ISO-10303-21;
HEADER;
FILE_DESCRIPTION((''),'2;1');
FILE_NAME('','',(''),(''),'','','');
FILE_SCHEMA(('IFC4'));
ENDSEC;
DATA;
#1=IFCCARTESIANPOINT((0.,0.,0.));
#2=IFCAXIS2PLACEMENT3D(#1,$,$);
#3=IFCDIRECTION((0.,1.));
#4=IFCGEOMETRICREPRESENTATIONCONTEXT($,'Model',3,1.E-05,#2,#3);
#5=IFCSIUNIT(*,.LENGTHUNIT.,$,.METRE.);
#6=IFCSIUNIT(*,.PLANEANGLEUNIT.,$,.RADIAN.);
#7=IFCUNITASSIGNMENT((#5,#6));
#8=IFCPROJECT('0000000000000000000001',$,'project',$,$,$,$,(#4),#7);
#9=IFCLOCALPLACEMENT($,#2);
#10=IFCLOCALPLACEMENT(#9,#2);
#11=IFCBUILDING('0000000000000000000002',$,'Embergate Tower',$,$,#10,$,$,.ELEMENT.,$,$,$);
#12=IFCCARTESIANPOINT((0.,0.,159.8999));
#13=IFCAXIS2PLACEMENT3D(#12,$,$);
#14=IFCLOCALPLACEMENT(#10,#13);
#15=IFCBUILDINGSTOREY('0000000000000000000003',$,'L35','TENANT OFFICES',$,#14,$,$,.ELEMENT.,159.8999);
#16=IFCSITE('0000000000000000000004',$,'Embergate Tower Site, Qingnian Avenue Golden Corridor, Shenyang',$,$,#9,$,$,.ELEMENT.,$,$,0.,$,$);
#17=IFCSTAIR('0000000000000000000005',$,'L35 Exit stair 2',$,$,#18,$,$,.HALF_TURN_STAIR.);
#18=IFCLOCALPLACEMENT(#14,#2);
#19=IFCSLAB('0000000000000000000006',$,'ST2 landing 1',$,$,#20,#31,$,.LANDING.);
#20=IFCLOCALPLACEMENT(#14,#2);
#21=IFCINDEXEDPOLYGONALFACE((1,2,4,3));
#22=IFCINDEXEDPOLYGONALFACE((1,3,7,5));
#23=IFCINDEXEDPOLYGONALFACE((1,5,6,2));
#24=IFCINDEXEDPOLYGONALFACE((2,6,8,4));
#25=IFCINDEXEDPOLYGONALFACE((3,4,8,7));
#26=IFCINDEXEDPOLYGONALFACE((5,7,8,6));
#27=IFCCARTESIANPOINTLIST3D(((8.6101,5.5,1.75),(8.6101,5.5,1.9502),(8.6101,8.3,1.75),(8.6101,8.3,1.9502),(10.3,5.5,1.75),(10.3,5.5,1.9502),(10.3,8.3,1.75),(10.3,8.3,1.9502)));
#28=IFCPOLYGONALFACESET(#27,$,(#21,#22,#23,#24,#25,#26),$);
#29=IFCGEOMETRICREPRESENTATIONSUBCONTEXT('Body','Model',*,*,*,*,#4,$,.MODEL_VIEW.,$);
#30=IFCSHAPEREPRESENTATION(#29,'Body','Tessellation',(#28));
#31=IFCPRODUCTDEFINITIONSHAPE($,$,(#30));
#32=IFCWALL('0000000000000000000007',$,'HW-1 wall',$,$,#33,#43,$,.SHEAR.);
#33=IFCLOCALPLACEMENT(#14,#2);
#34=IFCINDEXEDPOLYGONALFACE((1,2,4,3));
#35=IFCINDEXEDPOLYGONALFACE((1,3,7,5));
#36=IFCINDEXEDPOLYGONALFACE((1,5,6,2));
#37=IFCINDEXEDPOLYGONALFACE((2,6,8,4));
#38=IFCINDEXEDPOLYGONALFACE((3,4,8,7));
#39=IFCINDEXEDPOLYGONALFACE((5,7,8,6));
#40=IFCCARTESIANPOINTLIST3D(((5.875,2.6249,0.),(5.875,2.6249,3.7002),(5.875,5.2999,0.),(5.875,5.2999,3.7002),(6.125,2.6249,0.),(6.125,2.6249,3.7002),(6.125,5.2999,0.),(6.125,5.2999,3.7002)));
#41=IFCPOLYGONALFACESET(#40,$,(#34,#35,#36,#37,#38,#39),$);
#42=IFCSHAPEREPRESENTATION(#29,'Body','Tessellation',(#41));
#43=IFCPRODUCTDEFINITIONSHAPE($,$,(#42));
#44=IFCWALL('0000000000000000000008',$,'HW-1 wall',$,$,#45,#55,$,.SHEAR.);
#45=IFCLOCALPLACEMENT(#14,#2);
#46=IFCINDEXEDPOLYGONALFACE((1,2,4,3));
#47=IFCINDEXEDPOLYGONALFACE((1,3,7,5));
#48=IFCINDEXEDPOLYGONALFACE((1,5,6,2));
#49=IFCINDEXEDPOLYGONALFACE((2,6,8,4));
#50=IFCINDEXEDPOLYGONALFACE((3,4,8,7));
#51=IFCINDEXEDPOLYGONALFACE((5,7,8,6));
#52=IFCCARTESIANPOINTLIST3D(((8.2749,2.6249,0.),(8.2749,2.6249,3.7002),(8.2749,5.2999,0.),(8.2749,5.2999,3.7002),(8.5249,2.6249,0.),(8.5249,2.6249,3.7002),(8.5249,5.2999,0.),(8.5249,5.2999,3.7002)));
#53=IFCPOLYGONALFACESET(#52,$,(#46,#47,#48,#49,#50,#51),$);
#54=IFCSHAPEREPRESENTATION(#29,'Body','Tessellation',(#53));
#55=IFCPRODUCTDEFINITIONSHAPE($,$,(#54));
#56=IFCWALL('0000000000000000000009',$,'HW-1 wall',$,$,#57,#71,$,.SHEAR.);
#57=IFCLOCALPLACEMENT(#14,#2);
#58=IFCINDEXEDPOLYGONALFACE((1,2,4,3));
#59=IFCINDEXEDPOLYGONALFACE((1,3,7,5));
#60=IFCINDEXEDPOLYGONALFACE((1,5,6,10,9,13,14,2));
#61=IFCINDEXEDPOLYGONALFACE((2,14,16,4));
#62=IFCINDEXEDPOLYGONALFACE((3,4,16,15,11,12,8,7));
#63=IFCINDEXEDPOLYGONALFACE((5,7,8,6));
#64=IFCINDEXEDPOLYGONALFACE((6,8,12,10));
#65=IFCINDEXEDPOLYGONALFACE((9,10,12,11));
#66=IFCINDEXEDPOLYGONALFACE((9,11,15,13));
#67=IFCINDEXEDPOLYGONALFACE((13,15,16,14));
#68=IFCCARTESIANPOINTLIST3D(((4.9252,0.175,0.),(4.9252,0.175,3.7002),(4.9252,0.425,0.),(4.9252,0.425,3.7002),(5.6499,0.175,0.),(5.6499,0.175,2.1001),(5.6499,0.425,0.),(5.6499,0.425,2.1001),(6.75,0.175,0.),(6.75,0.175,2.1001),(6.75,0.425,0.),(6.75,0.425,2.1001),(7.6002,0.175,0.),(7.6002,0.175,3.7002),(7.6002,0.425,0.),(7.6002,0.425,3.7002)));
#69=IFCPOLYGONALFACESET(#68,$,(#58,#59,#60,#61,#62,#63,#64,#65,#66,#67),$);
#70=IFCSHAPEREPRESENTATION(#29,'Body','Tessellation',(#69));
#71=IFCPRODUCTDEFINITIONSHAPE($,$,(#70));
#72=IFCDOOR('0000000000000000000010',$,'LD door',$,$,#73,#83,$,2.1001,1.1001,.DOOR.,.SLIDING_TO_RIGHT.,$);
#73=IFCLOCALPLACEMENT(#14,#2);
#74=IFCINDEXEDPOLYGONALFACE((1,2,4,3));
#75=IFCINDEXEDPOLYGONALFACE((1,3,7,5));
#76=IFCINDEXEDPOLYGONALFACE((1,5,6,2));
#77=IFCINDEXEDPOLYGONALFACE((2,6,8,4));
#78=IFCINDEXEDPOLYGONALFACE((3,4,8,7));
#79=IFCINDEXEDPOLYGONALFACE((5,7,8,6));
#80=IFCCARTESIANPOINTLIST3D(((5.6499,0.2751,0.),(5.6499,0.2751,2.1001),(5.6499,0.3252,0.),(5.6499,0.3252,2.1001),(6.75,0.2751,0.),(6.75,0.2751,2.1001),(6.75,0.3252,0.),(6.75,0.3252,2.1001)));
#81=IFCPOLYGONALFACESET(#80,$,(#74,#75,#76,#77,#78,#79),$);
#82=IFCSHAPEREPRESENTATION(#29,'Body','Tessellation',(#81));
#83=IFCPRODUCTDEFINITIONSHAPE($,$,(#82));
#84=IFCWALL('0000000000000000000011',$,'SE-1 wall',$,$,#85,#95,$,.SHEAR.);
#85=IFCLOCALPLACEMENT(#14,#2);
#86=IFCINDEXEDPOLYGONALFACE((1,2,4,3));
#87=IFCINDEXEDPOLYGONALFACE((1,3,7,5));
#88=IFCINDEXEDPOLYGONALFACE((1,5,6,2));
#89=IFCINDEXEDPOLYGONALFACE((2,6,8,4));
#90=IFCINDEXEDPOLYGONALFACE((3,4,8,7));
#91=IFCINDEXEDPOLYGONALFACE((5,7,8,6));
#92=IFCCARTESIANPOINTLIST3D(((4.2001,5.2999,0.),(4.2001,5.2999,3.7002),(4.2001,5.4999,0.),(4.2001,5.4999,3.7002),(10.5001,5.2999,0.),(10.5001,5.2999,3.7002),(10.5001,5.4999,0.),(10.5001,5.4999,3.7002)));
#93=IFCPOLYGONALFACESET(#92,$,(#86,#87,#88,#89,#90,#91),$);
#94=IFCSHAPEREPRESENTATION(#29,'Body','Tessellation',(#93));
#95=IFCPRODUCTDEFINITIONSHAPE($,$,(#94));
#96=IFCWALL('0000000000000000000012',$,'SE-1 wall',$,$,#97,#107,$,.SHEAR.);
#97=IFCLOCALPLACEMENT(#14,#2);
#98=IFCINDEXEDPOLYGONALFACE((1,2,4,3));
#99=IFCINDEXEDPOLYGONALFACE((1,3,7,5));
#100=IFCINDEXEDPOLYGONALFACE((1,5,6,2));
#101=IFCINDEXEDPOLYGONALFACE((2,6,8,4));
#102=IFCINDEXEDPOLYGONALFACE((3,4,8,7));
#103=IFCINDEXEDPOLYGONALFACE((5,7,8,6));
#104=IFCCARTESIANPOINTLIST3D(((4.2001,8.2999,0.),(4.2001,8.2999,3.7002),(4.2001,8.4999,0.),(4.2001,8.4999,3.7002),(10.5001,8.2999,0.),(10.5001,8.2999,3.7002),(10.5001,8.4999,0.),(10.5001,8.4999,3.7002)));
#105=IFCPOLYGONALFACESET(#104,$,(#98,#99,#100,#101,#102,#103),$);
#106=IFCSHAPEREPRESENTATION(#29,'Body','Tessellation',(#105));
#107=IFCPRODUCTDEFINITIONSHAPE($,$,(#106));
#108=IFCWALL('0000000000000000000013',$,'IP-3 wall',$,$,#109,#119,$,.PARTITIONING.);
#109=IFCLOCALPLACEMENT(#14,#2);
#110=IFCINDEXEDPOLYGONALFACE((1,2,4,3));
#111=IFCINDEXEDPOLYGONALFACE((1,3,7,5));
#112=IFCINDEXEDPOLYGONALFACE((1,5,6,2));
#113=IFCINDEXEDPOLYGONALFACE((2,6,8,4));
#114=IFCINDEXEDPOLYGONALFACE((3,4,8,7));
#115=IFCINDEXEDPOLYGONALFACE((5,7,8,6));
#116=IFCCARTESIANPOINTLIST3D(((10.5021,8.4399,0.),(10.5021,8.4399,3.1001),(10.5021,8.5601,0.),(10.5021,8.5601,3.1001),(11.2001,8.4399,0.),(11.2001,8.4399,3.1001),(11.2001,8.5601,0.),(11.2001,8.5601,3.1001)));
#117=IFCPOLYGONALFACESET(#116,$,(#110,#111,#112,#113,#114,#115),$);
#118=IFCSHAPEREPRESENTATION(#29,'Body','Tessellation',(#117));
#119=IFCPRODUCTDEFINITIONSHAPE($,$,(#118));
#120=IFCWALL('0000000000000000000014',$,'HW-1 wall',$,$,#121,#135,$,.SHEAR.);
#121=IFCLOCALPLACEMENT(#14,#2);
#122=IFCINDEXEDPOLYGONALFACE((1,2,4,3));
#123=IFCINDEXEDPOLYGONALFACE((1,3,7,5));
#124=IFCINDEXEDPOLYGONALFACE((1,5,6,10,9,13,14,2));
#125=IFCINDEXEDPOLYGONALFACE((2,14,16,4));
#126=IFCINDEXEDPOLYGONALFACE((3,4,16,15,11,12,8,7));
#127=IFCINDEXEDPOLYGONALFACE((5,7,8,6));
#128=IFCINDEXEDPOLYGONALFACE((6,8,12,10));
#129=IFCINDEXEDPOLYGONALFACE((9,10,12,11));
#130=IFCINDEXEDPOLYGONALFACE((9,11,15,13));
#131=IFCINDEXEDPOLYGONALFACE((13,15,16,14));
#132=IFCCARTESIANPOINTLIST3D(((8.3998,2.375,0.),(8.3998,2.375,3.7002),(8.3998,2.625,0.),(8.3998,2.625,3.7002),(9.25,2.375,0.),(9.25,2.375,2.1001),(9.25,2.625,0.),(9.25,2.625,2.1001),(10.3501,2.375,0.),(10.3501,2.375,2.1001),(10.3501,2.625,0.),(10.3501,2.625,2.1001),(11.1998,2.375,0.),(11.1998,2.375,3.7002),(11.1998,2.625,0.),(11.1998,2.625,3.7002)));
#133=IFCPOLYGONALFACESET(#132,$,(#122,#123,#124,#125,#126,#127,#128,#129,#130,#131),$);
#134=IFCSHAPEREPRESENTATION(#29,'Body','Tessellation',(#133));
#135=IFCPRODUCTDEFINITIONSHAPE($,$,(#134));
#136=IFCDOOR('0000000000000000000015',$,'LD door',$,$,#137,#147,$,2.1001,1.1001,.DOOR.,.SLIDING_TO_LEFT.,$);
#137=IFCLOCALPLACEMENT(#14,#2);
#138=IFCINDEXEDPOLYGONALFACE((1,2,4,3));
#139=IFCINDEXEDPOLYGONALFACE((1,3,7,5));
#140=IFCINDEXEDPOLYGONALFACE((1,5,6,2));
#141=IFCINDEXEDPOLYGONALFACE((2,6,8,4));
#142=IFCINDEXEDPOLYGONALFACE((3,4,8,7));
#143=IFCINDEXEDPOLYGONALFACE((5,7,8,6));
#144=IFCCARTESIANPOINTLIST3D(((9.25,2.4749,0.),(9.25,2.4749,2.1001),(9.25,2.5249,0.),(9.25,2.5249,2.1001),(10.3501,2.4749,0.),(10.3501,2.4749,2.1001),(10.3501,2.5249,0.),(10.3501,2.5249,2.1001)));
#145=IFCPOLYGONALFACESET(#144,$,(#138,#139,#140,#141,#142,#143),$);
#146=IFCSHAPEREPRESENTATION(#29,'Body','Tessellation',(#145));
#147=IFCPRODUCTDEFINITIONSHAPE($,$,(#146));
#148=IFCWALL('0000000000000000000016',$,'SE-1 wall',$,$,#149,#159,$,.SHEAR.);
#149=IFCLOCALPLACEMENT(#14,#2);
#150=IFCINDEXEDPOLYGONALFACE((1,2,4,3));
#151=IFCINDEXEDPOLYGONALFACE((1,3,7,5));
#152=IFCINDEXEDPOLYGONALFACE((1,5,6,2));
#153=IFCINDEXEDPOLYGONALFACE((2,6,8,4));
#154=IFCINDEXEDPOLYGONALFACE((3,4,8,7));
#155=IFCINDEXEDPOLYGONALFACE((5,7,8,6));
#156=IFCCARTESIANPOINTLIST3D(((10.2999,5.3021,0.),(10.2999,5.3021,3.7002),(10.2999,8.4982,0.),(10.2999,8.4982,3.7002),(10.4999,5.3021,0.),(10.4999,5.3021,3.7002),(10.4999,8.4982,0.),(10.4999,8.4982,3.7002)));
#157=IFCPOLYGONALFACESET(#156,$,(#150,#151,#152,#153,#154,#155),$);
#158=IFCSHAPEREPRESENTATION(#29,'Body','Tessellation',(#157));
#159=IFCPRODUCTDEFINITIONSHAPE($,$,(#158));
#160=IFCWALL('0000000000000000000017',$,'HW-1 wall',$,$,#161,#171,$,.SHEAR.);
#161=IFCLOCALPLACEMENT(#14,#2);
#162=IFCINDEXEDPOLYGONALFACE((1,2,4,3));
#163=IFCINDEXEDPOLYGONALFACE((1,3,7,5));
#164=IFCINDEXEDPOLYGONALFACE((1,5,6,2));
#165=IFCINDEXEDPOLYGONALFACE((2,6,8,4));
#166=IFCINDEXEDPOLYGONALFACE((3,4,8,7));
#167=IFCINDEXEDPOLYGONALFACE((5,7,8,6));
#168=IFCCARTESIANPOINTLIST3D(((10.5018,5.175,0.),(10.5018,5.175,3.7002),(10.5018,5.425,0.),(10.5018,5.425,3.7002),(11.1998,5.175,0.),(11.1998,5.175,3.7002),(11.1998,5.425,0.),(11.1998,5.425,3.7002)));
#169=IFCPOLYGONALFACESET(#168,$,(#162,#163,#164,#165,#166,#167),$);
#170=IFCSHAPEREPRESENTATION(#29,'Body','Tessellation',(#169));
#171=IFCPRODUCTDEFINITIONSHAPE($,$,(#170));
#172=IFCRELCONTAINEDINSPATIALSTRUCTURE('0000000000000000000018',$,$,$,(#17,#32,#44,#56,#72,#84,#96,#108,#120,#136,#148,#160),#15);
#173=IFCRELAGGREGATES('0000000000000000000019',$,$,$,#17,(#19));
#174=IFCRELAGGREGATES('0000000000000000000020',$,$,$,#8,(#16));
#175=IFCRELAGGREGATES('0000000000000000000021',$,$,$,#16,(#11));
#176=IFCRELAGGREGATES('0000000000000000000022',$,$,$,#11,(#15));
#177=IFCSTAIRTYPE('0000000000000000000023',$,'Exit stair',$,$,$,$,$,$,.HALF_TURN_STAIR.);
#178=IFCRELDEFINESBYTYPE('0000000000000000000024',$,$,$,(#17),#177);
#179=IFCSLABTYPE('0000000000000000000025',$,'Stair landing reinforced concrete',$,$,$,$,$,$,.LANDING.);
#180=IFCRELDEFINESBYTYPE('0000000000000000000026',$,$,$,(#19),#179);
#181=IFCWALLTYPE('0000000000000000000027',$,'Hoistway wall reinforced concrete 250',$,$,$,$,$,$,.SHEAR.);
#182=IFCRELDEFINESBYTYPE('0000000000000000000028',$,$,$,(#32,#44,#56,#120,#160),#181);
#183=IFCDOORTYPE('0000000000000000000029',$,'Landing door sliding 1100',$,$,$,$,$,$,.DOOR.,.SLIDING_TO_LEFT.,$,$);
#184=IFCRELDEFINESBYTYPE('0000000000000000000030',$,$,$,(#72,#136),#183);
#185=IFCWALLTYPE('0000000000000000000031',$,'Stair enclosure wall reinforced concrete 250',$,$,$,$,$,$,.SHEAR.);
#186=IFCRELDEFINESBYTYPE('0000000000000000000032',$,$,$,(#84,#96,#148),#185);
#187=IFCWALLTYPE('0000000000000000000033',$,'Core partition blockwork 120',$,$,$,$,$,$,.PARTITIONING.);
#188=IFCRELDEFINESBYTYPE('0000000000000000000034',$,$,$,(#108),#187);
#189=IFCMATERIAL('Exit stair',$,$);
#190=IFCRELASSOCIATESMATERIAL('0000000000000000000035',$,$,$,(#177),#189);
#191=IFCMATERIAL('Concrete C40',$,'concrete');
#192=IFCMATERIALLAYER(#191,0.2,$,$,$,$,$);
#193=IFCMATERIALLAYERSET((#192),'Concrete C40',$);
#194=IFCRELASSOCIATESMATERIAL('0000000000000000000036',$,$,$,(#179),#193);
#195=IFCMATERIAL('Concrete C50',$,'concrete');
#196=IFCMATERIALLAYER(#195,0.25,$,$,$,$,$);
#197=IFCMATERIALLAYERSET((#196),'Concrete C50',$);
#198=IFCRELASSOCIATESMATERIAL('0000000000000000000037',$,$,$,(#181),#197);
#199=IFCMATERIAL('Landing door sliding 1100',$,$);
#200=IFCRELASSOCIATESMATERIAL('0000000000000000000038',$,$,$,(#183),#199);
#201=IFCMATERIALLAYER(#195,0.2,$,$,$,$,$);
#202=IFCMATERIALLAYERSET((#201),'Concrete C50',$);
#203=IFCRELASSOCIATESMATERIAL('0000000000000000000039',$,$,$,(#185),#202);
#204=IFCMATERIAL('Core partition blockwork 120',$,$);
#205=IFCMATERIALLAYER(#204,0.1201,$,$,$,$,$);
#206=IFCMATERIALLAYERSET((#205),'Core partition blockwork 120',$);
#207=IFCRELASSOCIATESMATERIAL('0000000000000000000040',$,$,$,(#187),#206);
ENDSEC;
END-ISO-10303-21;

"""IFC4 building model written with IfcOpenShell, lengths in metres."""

from ifc_helpers import new_model, si_unit, direction, frame, frame_2d, origin, place, context, subcontext, project, spatial, polyline, rectangle, outline, extrude, source, transform, mapped, material, layer, layer_set, type_object, element, fill, aggregate, save


model = new_model("IFC4")

# Units and contexts
model_context = context("Model", 3, precision=1e-05, world=origin(), true_north=direction((0.0, 1.0)))
body_context = subcontext(model_context, "Body", "Model", "MODEL_VIEW")
ifc_project = project(units=[si_unit("LENGTHUNIT", "METRE"), si_unit("PLANEANGLEUNIT", "RADIAN")], contexts=[model_context])

# Site, building, storey
site_placement = place(None, origin())
site = spatial("IfcSite", under=ifc_project, at=site_placement, Name="Embergate Tower Site, Qingnian Avenue Golden Corridor, Shenyang", CompositionType="ELEMENT", RefElevation=0.0)
building_placement = place(site_placement, origin())
building = spatial("IfcBuilding", under=site, at=building_placement, Name="Embergate Tower", CompositionType="ELEMENT")
storey_placement = place(building_placement, frame((0.0, 0.0, 159.8999)))
storey = spatial("IfcBuildingStorey", under=building, at=storey_placement, Name="L35", Description="TENANT OFFICES", CompositionType="ELEMENT", Elevation=159.8999)

# Stair, slab
ifc_material_1 = material(Name="Exit stair")
stair_type = type_object("IfcStairType", Name="Exit stair", PredefinedType="HALF_TURN_STAIR", material=ifc_material_1)
stair_placement = place(storey_placement, origin())
stair = element("IfcStair", 1, at=stair_placement, inside=storey, type_object=stair_type, Name="L35 Exit stair 2", PredefinedType="HALF_TURN_STAIR")
ifc_material_2 = material(Name="Concrete C40", Category="concrete")
ifc_layer_1 = layer(ifc_material_2, 0.2)
ifc_layer_set_1 = layer_set([ifc_layer_1], Name="Concrete C40")
slab_type = type_object("IfcSlabType", Name="Stair landing reinforced concrete", PredefinedType="LANDING", material=ifc_layer_set_1)
shared_shape_1 = source(origin(), body_context, "Body", "SweptSolid", [
    extrude(outline(polyline([(0.0, 0.0), (1.6899, 0.0), (1.6899, 2.8), (0.0, 2.8), (0.0, 0.0)])), origin(), (0.0, 0.0, 1.0), 0.2002),
])
slab_placement = place(storey_placement, frame((8.6101, 5.5, 1.75)))
slab = element("IfcSlab", 2, at=slab_placement, type_object=slab_type, Name="ST2 landing 1", PredefinedType="LANDING", context=body_context, shape_type="MappedRepresentation", body=[
    mapped(shared_shape_1, transform((0.0, 0.0, 0.0))),
])

# Walls
ifc_material_3 = material(Name="Concrete C50", Category="concrete")
ifc_layer_2 = layer(ifc_material_3, 0.25)
ifc_layer_set_2 = layer_set([ifc_layer_2], Name="Concrete C50")
wall_type_1 = type_object("IfcWallType", Name="Hoistway wall reinforced concrete 250", PredefinedType="SHEAR", material=ifc_layer_set_2)
shared_shape_2 = source(origin(), body_context, "Body", "SweptSolid", [
    extrude(rectangle(XDim=2.675, YDim=0.25, at=frame_2d((1.3374, 0.0))), origin(), (0.0, 0.0, 1.0), 3.7002),
])
for number, where, z_axis, x_axis, name in (
    (3, (6.0, 2.625, 0.0), (0.0, 0.0, 1.0), (0.0, 1.0, 0.0), "HW-1 wall"),
    (4, (8.3999, 2.625, 0.0), (0.0, 0.0, 1.0), (0.0, 1.0, 0.0), "HW-1 wall"),
):
    element("IfcWall", number, at=place(storey_placement, frame(where, z_axis=z_axis, x_axis=x_axis)), inside=storey, type_object=wall_type_1, Name=name, PredefinedType="SHEAR", context=body_context, shape_type="MappedRepresentation", body=[
        mapped(shared_shape_2, transform((0.0, 0.0, 0.0))),
    ])

# Wall, opening, door
wall_1_placement = place(storey_placement, frame((7.6001, 0.3, 0.0), z_axis=(0.0, 0.0, 1.0), x_axis=(-1.0, 0.0, 0.0)))
wall_1 = element("IfcWall", 5, at=wall_1_placement, inside=storey, type_object=wall_type_1, Name="HW-1 wall", PredefinedType="SHEAR", context=body_context, shape_type="MappedRepresentation", body=[
    mapped(shared_shape_2, transform((0.0, 0.0, 0.0))),
])
shared_shape_3 = source(origin(), body_context, "Body", "SweptSolid", [
    extrude(rectangle(XDim=1.1001, YDim=2.1001, at=frame_2d((0.55, 1.05))), frame((0.0, 0.135, 0.0), z_axis=(0.0, -1.0, 0.0), x_axis=(1.0, 0.0, 0.0)), (0.0, 0.0, 1.0), 0.27),
])
opening_1_placement = place(wall_1_placement, frame((0.8501, 0.0, 0.0)))
opening_1 = element("IfcOpeningElement", 6, at=opening_1_placement, cuts=wall_1, PredefinedType="OPENING", context=body_context, shape_type="MappedRepresentation", body=[
    mapped(shared_shape_3, transform((0.0, 0.0, 0.0))),
])
ifc_material_4 = material(Name="Landing door sliding 1100")
door_type = type_object("IfcDoorType", Name="Landing door sliding 1100", OperationType="SLIDING_TO_LEFT", PredefinedType="DOOR", material=ifc_material_4)
shared_shape_4 = source(origin(), body_context, "Body", "SweptSolid", [
    extrude(rectangle(XDim=1.1001, YDim=2.1001, at=frame_2d((0.55, 1.05))), frame((0.0, 0.0249, 0.0), z_axis=(0.0, -1.0, 0.0), x_axis=(1.0, 0.0, 0.0)), (0.0, 0.0, 1.0), 0.05),
])
door_1_placement = place(opening_1_placement, origin())
door_1 = element("IfcDoor", 7, at=door_1_placement, inside=storey, type_object=door_type, Name="LD door", OperationType="SLIDING_TO_RIGHT", OverallHeight=2.1001, OverallWidth=1.1001, PredefinedType="DOOR", context=body_context, shape_type="MappedRepresentation", body=[
    mapped(shared_shape_4, transform((0.0, 0.0, 0.0))),
])
fill(opening_1, door_1)

# Walls
ifc_layer_3 = layer(ifc_material_3, 0.2)
ifc_layer_set_3 = layer_set([ifc_layer_3], Name="Concrete C50")
wall_type_2 = type_object("IfcWallType", Name="Stair enclosure wall reinforced concrete 250", PredefinedType="SHEAR", material=ifc_layer_set_3)
shared_shape_5 = source(origin(), body_context, "Body", "SweptSolid", [
    extrude(rectangle(XDim=6.3, YDim=0.2, at=frame_2d((3.1499, 0.0))), origin(), (0.0, 0.0, 1.0), 3.7002),
])
for number, where, z_axis, x_axis, name in (
    (8, (10.5, 5.3999, 0.0), (0.0, 0.0, 1.0), (-1.0, 0.0, 0.0), "SE-1 wall"),
    (9, (10.5, 8.3999, 0.0), (0.0, 0.0, 1.0), (-1.0, 0.0, 0.0), "SE-1 wall"),
):
    element("IfcWall", number, at=place(storey_placement, frame(where, z_axis=z_axis, x_axis=x_axis)), inside=storey, type_object=wall_type_2, Name=name, PredefinedType="SHEAR", context=body_context, shape_type="MappedRepresentation", body=[
        mapped(shared_shape_5, transform((0.0, 0.0, 0.0))),
    ])
ifc_material_5 = material(Name="Core partition blockwork 120")
ifc_layer_4 = layer(ifc_material_5, 0.1201)
ifc_layer_set_4 = layer_set([ifc_layer_4], Name="Core partition blockwork 120")
wall_type_3 = type_object("IfcWallType", Name="Core partition blockwork 120", PredefinedType="PARTITIONING", material=ifc_layer_set_4)
shared_shape_6 = source(origin(), body_context, "Body", "SweptSolid", [
    extrude(rectangle(XDim=0.698, YDim=0.1201, at=frame_2d((0.3491, 0.0))), origin(), (0.0, 0.0, 1.0), 3.1001),
])
wall_2_placement = place(storey_placement, frame((10.502, 8.5, 0.0), z_axis=(0.0, 0.0, 1.0), x_axis=(1.0, 0.0, 0.0)))
element("IfcWall", 10, at=wall_2_placement, inside=storey, type_object=wall_type_3, Name="IP-3 wall", PredefinedType="PARTITIONING", context=body_context, shape_type="MappedRepresentation", body=[
    mapped(shared_shape_6, transform((0.0, 0.0, 0.0))),
])

# Wall, opening, door
shared_shape_7 = source(origin(), body_context, "Body", "SweptSolid", [
    extrude(rectangle(XDim=2.8, YDim=0.25, at=frame_2d((1.3999, 0.0))), origin(), (0.0, 0.0, 1.0), 3.7002),
])
wall_3_placement = place(storey_placement, frame((8.3999, 2.5, 0.0), z_axis=(0.0, 0.0, 1.0), x_axis=(1.0, 0.0, 0.0)))
wall_3 = element("IfcWall", 11, at=wall_3_placement, inside=storey, type_object=wall_type_1, Name="HW-1 wall", PredefinedType="SHEAR", context=body_context, shape_type="MappedRepresentation", body=[
    mapped(shared_shape_7, transform((0.0, 0.0, 0.0))),
])
opening_2_placement = place(wall_3_placement, frame((0.8501, 0.0, 0.0)))
opening_2 = element("IfcOpeningElement", 12, at=opening_2_placement, cuts=wall_3, PredefinedType="OPENING", context=body_context, shape_type="MappedRepresentation", body=[
    mapped(shared_shape_3, transform((0.0, 0.0, 0.0))),
])
door_2_placement = place(opening_2_placement, origin())
door_2 = element("IfcDoor", 13, at=door_2_placement, inside=storey, type_object=door_type, Name="LD door", OperationType="SLIDING_TO_LEFT", OverallHeight=2.1001, OverallWidth=1.1001, PredefinedType="DOOR", context=body_context, shape_type="MappedRepresentation", body=[
    mapped(shared_shape_4, transform((0.0, 0.0, 0.0))),
])
fill(opening_2, door_2)

# Walls
shared_shape_8 = source(origin(), body_context, "Body", "SweptSolid", [
    extrude(rectangle(XDim=3.196, YDim=0.2, at=frame_2d((1.5981, 0.0))), origin(), (0.0, 0.0, 1.0), 3.7002),
])
wall_4_placement = place(storey_placement, frame((10.3999, 5.302, 0.0), z_axis=(0.0, 0.0, 1.0), x_axis=(0.0, 1.0, 0.0)))
element("IfcWall", 14, at=wall_4_placement, inside=storey, type_object=wall_type_2, Name="SE-1 wall", PredefinedType="SHEAR", context=body_context, shape_type="MappedRepresentation", body=[
    mapped(shared_shape_8, transform((0.0, 0.0, 0.0))),
])
shared_shape_9 = source(origin(), body_context, "Body", "SweptSolid", [
    extrude(rectangle(XDim=0.698, YDim=0.25, at=frame_2d((0.3491, 0.0))), origin(), (0.0, 0.0, 1.0), 3.7002),
])
wall_5_placement = place(storey_placement, frame((11.2, 5.3, 0.0), z_axis=(0.0, 0.0, 1.0), x_axis=(-1.0, 0.0, 0.0)))
element("IfcWall", 15, at=wall_5_placement, inside=storey, type_object=wall_type_1, Name="HW-1 wall", PredefinedType="SHEAR", context=body_context, shape_type="MappedRepresentation", body=[
    mapped(shared_shape_9, transform((0.0, 0.0, 0.0))),
])

aggregate(stair, [slab])

save(model, "model.ifc")
